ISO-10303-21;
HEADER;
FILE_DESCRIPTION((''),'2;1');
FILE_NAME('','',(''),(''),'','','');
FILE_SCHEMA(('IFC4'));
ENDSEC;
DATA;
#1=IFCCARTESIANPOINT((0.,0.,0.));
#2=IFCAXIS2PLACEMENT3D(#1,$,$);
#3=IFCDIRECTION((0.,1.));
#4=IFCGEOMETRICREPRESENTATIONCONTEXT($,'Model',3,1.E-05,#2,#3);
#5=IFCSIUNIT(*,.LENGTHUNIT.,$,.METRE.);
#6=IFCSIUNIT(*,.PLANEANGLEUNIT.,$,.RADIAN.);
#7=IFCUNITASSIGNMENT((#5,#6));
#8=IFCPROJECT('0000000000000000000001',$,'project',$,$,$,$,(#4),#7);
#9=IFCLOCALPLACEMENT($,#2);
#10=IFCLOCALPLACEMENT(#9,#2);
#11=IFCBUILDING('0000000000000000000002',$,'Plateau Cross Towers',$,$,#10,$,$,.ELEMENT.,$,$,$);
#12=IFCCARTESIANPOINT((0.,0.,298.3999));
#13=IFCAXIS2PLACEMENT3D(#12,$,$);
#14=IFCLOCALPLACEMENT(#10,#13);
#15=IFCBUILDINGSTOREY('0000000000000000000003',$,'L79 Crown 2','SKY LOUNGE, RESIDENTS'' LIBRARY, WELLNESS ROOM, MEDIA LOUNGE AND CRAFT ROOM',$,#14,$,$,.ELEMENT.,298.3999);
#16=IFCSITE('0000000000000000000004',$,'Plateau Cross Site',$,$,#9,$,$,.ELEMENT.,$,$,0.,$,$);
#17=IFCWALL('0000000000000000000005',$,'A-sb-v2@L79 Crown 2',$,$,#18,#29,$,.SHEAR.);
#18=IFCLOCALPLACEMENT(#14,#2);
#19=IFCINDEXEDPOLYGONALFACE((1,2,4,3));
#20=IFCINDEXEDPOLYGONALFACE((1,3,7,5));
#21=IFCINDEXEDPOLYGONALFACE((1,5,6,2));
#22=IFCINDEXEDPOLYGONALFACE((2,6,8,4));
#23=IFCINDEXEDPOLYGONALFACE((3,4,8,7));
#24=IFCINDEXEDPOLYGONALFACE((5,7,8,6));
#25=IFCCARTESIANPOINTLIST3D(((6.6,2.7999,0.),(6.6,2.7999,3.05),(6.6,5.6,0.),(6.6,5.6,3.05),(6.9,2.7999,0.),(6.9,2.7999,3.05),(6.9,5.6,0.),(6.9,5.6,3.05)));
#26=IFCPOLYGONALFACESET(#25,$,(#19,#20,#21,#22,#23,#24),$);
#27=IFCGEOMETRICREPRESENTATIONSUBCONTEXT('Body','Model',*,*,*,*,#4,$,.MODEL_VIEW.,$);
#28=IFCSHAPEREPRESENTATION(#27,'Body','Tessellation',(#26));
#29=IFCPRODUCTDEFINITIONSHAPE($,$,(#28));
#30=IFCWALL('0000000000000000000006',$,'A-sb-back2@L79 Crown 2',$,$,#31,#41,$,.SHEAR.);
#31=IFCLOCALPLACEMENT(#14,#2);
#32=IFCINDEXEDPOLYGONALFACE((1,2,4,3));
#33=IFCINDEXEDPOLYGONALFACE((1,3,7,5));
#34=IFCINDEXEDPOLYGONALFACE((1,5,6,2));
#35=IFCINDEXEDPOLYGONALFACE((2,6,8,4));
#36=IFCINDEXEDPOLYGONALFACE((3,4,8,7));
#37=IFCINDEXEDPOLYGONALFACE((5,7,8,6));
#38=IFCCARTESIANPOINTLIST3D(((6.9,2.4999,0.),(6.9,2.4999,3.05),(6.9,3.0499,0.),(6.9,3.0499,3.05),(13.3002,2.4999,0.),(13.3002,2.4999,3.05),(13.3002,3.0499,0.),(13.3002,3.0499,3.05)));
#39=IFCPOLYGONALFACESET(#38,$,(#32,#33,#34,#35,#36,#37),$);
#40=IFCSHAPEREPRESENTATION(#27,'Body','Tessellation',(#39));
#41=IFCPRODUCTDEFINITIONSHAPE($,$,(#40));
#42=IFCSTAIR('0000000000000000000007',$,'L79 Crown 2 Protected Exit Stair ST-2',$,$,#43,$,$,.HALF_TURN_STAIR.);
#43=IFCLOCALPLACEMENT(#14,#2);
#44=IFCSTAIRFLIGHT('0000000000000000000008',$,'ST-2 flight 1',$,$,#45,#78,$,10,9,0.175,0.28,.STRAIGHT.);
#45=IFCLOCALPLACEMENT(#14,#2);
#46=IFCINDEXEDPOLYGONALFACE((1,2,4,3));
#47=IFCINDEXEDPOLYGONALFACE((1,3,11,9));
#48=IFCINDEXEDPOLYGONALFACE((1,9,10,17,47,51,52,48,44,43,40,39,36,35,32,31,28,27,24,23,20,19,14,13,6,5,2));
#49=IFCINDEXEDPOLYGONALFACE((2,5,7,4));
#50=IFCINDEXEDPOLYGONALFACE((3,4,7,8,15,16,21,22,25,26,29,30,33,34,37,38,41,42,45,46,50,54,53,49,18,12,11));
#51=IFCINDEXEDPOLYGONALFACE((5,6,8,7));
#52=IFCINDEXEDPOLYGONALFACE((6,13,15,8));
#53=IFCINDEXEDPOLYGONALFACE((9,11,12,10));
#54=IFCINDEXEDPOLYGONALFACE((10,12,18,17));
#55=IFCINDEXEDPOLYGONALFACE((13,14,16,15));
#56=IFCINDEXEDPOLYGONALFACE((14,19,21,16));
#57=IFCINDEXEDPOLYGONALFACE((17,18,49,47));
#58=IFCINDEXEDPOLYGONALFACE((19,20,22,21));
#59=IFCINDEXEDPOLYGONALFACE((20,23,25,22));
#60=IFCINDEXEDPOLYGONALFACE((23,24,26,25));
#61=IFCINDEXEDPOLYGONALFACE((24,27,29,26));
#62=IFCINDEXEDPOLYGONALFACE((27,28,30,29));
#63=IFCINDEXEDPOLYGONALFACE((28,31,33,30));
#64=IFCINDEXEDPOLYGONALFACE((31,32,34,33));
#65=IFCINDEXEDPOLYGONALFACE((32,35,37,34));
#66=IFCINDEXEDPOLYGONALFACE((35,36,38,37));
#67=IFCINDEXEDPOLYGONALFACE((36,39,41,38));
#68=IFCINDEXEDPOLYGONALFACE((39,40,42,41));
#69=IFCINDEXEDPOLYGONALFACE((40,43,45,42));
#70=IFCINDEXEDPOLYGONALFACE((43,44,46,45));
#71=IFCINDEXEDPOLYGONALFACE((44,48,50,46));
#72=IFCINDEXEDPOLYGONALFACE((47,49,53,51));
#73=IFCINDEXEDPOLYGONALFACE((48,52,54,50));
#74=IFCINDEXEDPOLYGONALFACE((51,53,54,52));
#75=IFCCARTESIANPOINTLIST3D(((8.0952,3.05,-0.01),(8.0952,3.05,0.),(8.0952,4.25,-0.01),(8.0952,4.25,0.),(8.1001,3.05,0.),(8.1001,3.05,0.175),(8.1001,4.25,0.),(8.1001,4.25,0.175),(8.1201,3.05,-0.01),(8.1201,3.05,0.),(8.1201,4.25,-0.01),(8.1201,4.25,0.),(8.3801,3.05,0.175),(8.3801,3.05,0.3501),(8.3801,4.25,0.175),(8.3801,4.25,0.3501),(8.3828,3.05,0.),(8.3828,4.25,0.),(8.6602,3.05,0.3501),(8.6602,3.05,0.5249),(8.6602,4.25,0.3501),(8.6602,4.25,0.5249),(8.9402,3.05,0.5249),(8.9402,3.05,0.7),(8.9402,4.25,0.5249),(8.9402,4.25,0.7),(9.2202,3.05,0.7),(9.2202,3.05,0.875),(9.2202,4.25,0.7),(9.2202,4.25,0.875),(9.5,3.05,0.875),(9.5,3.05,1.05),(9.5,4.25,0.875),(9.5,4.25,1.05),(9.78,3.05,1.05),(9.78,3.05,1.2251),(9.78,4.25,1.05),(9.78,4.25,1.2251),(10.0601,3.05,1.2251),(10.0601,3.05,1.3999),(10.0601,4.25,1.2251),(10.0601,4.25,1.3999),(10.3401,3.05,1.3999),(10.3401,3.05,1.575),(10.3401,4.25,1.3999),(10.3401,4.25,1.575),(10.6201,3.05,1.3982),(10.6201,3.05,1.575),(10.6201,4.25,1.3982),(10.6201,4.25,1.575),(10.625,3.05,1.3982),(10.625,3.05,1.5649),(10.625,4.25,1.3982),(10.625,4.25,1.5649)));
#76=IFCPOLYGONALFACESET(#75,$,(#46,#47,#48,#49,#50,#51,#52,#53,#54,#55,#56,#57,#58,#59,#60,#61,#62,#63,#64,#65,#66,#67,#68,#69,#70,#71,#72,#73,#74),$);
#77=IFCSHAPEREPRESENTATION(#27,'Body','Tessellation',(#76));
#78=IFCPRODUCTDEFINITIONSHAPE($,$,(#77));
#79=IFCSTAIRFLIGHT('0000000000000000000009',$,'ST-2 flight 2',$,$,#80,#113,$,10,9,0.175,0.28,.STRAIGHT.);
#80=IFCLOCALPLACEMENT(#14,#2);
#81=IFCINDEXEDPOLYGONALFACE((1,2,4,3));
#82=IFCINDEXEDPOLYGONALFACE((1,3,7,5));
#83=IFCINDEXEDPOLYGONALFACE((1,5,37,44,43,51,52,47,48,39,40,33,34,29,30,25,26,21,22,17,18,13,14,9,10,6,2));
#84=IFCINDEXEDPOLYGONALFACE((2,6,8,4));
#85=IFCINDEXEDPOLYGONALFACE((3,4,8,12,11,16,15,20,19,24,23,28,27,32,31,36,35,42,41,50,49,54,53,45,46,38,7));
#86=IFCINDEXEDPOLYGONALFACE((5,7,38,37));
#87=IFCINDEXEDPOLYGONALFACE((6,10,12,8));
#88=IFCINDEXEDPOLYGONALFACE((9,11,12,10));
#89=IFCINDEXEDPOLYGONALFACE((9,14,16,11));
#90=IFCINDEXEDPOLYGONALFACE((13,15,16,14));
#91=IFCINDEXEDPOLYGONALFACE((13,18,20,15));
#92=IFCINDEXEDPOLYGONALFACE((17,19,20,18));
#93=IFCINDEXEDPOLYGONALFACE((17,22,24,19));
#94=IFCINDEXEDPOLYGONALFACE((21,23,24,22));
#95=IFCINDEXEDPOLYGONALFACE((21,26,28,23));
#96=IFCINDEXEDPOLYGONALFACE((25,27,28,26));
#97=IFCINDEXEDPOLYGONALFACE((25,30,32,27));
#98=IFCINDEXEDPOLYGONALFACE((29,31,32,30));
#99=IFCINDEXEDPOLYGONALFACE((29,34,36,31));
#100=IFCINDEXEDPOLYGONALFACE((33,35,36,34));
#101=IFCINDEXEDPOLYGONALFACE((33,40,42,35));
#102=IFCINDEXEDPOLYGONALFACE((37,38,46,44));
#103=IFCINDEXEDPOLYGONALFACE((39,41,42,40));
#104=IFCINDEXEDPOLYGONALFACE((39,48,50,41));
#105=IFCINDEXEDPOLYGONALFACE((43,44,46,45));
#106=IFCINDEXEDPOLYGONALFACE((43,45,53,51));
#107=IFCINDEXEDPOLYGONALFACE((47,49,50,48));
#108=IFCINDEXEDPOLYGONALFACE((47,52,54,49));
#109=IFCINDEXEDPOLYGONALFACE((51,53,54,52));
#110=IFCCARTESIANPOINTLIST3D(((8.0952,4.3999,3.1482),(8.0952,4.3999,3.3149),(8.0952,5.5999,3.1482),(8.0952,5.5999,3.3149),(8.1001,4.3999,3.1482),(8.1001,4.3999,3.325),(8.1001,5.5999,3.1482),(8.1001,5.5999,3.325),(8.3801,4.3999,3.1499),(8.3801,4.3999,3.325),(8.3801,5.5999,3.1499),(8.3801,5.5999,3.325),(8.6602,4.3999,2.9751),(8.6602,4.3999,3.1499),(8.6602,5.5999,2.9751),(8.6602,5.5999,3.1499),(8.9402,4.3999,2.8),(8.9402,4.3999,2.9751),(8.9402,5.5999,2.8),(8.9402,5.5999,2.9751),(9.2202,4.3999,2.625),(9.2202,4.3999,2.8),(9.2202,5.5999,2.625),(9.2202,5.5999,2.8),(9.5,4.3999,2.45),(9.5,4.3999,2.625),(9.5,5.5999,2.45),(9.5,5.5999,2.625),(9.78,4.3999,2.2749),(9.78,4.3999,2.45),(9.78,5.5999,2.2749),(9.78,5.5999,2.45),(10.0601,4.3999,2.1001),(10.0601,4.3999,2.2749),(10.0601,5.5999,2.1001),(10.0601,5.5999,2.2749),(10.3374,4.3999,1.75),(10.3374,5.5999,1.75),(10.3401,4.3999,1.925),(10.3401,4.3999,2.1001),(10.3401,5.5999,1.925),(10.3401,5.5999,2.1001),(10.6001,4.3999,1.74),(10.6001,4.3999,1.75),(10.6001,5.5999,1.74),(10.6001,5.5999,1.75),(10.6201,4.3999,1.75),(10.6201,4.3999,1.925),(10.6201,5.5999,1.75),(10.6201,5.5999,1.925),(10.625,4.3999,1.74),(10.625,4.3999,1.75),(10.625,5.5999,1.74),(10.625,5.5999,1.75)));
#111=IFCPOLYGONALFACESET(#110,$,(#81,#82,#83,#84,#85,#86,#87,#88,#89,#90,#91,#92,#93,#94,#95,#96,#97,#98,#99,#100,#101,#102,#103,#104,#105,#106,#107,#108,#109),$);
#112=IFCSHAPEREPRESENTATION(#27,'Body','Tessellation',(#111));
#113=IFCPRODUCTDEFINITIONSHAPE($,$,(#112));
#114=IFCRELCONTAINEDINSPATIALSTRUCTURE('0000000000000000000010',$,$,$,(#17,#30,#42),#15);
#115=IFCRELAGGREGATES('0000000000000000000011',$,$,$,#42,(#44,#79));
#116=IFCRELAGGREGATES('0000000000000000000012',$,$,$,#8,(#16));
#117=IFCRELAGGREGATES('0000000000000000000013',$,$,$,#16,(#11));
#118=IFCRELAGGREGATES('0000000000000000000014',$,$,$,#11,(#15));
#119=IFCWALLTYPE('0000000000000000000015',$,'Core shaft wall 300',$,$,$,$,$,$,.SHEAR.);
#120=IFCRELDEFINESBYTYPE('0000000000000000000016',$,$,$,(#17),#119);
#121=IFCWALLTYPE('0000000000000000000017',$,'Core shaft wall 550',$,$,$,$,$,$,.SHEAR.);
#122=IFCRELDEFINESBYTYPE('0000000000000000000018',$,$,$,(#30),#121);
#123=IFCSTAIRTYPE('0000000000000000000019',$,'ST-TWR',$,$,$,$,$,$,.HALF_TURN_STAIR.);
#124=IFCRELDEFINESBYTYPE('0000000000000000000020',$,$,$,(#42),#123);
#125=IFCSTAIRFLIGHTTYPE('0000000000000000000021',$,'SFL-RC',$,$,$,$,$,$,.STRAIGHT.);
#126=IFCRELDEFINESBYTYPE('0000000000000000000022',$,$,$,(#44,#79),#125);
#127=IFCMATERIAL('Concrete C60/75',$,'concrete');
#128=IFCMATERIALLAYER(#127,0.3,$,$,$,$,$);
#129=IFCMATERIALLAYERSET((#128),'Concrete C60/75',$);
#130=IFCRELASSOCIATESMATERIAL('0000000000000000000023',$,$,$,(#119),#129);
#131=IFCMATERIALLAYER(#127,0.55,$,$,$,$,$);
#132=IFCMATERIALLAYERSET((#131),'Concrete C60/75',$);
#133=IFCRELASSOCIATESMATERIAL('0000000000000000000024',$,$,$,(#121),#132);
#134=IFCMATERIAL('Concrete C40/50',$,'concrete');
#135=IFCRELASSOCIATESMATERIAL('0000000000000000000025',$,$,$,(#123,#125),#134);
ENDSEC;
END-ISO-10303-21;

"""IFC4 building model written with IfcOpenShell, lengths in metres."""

from ifc_helpers import new_model, si_unit, direction, frame, frame_2d, origin, place, context, subcontext, project, spatial, polyline, rectangle, outline, extrude, material, layer, layer_set, type_object, element, aggregate, save


model = new_model("IFC4")

# Units and contexts
model_context = context("Model", 3, precision=1e-05, world=origin(), true_north=direction((0.0, 1.0)))
body_context = subcontext(model_context, "Body", "Model", "MODEL_VIEW")
ifc_project = project(units=[si_unit("LENGTHUNIT", "METRE"), si_unit("PLANEANGLEUNIT", "RADIAN")], contexts=[model_context])

# Site, building, storey
site_placement = place(None, origin())
site = spatial("IfcSite", under=ifc_project, at=site_placement, Name="Plateau Cross Site", CompositionType="ELEMENT", RefElevation=0.0)
building_placement = place(site_placement, origin())
building = spatial("IfcBuilding", under=site, at=building_placement, Name="Plateau Cross Towers", CompositionType="ELEMENT")
storey_placement = place(building_placement, frame((0.0, 0.0, 298.3999)))
storey = spatial("IfcBuildingStorey", under=building, at=storey_placement, Name="L79 Crown 2", Description="SKY LOUNGE, RESIDENTS' LIBRARY, WELLNESS ROOM, MEDIA LOUNGE AND CRAFT ROOM", CompositionType="ELEMENT", Elevation=298.3999)

# Walls
ifc_material_1 = material(Name="Concrete C60/75", Category="concrete")
ifc_layer_1 = layer(ifc_material_1, 0.3)
ifc_layer_set_1 = layer_set([ifc_layer_1], Name="Concrete C60/75")
wall_type_1 = type_object("IfcWallType", Name="Core shaft wall 300", PredefinedType="SHEAR", material=ifc_layer_set_1)
for number, where, z_axis, x_axis, name in (
    (1, (6.75, 2.8, 0.0), (0.0, 0.0, 1.0), (0.0, 1.0, 0.0), "A-sb-v2@L79 Crown 2"),
):
    element("IfcWall", number, at=place(storey_placement, frame(where, z_axis=z_axis, x_axis=x_axis)), inside=storey, type_object=wall_type_1, Name=name, PredefinedType="SHEAR", context=body_context, shape_type="SweptSolid", body=[
        extrude(rectangle(XDim=2.8, YDim=0.3, at=frame_2d((1.3999, 0.0))), origin(), (0.0, 0.0, 1.0), 3.05),
    ])
ifc_layer_2 = layer(ifc_material_1, 0.55)
ifc_layer_set_2 = layer_set([ifc_layer_2], Name="Concrete C60/75")
wall_type_2 = type_object("IfcWallType", Name="Core shaft wall 550", PredefinedType="SHEAR", material=ifc_layer_set_2)
wall_1_placement = place(storey_placement, frame((6.8999, 2.7749, 0.0), z_axis=(0.0, 0.0, 1.0), x_axis=(1.0, 0.0, 0.0)))
element("IfcWall", 2, at=wall_1_placement, inside=storey, type_object=wall_type_2, Name="A-sb-back2@L79 Crown 2", PredefinedType="SHEAR", context=body_context, shape_type="SweptSolid", body=[
    extrude(rectangle(XDim=6.4001, YDim=0.55, at=frame_2d((3.2002, 0.0))), origin(), (0.0, 0.0, 1.0), 3.05),
])

# Stair, stair flights
ifc_material_2 = material(Name="Concrete C40/50", Category="concrete")
stair_type = type_object("IfcStairType", Name="ST-TWR", PredefinedType="HALF_TURN_STAIR", material=ifc_material_2)
stair_placement = place(storey_placement, origin())
stair = element("IfcStair", 3, at=stair_placement, inside=storey, type_object=stair_type, Name="L79 Crown 2 Protected Exit Stair ST-2", PredefinedType="HALF_TURN_STAIR")
stair_flight_type = type_object("IfcStairFlightType", Name="SFL-RC", PredefinedType="STRAIGHT", material=ifc_material_2)
stair_flight_1_placement = place(storey_placement, frame((8.1001, 3.6499, 0.0), z_axis=(0.0, 0.0, 1.0), x_axis=(1.0, 0.0, 0.0)))
stair_flight_1 = element("IfcStairFlight", 4, at=stair_flight_1_placement, type_object=stair_flight_type, Name="ST-2 flight 1", NumberOfRisers=10, NumberOfTreads=9, PredefinedType="STRAIGHT", RiserHeight=0.175, TreadLength=0.28, context=body_context, shape_type="SweptSolid", body=[
    extrude(outline(polyline([(-0.0049, -0.01), (-0.0049, 0.0), (0.0, 0.0), (0.0, 0.175), (0.28, 0.175), (0.28, 0.3501), (0.5601, 0.3501), (0.5601, 0.5249), (0.8401, 0.5249), (0.8401, 0.7), (1.1201, 0.7), (1.1201, 0.875), (1.3999, 0.875), (1.3999, 1.05), (1.6799, 1.05), (1.6799, 1.2251), (1.96, 1.2251), (1.96, 1.3999), (2.24, 1.3999), (2.24, 1.575), (2.52, 1.575), (2.5249, 1.5649), (2.5249, 1.3982), (2.52, 1.3982), (0.2827, 0.0), (0.02, 0.0), (0.02, -0.01), (-0.0049, -0.01)])), frame((0.0, 0.6001, 0.0), z_axis=(0.0, -1.0, 0.0), x_axis=(1.0, 0.0, 0.0)), (0.0, 0.0, 1.0), 1.2),
])
stair_flight_2_placement = place(storey_placement, frame((10.6201, 5.0, 1.75), z_axis=(0.0, 0.0, 1.0), x_axis=(-1.0, 0.0, 0.0)))
stair_flight_2 = element("IfcStairFlight", 5, at=stair_flight_2_placement, type_object=stair_flight_type, Name="ST-2 flight 2", NumberOfRisers=10, NumberOfTreads=9, PredefinedType="STRAIGHT", RiserHeight=0.175, TreadLength=0.28, context=body_context, shape_type="SweptSolid", body=[
    extrude(outline(polyline([(-0.0049, -0.01), (-0.0049, 0.0), (0.0, 0.0), (0.0, 0.175), (0.28, 0.175), (0.28, 0.3501), (0.5601, 0.3501), (0.5601, 0.5249), (0.8401, 0.5249), (0.8401, 0.7), (1.1201, 0.7), (1.1201, 0.875), (1.3999, 0.875), (1.3999, 1.05), (1.6799, 1.05), (1.6799, 1.2251), (1.96, 1.2251), (1.96, 1.3999), (2.24, 1.3999), (2.24, 1.575), (2.52, 1.575), (2.5249, 1.5649), (2.5249, 1.3982), (2.52, 1.3982), (0.2827, 0.0), (0.02, 0.0), (0.02, -0.01), (-0.0049, -0.01)])), frame((0.0, 0.6001, 0.0), z_axis=(0.0, -1.0, 0.0), x_axis=(1.0, 0.0, 0.0)), (0.0, 0.0, 1.0), 1.2),
])
aggregate(stair, [stair_flight_1, stair_flight_2])

save(model, "model.ifc")
